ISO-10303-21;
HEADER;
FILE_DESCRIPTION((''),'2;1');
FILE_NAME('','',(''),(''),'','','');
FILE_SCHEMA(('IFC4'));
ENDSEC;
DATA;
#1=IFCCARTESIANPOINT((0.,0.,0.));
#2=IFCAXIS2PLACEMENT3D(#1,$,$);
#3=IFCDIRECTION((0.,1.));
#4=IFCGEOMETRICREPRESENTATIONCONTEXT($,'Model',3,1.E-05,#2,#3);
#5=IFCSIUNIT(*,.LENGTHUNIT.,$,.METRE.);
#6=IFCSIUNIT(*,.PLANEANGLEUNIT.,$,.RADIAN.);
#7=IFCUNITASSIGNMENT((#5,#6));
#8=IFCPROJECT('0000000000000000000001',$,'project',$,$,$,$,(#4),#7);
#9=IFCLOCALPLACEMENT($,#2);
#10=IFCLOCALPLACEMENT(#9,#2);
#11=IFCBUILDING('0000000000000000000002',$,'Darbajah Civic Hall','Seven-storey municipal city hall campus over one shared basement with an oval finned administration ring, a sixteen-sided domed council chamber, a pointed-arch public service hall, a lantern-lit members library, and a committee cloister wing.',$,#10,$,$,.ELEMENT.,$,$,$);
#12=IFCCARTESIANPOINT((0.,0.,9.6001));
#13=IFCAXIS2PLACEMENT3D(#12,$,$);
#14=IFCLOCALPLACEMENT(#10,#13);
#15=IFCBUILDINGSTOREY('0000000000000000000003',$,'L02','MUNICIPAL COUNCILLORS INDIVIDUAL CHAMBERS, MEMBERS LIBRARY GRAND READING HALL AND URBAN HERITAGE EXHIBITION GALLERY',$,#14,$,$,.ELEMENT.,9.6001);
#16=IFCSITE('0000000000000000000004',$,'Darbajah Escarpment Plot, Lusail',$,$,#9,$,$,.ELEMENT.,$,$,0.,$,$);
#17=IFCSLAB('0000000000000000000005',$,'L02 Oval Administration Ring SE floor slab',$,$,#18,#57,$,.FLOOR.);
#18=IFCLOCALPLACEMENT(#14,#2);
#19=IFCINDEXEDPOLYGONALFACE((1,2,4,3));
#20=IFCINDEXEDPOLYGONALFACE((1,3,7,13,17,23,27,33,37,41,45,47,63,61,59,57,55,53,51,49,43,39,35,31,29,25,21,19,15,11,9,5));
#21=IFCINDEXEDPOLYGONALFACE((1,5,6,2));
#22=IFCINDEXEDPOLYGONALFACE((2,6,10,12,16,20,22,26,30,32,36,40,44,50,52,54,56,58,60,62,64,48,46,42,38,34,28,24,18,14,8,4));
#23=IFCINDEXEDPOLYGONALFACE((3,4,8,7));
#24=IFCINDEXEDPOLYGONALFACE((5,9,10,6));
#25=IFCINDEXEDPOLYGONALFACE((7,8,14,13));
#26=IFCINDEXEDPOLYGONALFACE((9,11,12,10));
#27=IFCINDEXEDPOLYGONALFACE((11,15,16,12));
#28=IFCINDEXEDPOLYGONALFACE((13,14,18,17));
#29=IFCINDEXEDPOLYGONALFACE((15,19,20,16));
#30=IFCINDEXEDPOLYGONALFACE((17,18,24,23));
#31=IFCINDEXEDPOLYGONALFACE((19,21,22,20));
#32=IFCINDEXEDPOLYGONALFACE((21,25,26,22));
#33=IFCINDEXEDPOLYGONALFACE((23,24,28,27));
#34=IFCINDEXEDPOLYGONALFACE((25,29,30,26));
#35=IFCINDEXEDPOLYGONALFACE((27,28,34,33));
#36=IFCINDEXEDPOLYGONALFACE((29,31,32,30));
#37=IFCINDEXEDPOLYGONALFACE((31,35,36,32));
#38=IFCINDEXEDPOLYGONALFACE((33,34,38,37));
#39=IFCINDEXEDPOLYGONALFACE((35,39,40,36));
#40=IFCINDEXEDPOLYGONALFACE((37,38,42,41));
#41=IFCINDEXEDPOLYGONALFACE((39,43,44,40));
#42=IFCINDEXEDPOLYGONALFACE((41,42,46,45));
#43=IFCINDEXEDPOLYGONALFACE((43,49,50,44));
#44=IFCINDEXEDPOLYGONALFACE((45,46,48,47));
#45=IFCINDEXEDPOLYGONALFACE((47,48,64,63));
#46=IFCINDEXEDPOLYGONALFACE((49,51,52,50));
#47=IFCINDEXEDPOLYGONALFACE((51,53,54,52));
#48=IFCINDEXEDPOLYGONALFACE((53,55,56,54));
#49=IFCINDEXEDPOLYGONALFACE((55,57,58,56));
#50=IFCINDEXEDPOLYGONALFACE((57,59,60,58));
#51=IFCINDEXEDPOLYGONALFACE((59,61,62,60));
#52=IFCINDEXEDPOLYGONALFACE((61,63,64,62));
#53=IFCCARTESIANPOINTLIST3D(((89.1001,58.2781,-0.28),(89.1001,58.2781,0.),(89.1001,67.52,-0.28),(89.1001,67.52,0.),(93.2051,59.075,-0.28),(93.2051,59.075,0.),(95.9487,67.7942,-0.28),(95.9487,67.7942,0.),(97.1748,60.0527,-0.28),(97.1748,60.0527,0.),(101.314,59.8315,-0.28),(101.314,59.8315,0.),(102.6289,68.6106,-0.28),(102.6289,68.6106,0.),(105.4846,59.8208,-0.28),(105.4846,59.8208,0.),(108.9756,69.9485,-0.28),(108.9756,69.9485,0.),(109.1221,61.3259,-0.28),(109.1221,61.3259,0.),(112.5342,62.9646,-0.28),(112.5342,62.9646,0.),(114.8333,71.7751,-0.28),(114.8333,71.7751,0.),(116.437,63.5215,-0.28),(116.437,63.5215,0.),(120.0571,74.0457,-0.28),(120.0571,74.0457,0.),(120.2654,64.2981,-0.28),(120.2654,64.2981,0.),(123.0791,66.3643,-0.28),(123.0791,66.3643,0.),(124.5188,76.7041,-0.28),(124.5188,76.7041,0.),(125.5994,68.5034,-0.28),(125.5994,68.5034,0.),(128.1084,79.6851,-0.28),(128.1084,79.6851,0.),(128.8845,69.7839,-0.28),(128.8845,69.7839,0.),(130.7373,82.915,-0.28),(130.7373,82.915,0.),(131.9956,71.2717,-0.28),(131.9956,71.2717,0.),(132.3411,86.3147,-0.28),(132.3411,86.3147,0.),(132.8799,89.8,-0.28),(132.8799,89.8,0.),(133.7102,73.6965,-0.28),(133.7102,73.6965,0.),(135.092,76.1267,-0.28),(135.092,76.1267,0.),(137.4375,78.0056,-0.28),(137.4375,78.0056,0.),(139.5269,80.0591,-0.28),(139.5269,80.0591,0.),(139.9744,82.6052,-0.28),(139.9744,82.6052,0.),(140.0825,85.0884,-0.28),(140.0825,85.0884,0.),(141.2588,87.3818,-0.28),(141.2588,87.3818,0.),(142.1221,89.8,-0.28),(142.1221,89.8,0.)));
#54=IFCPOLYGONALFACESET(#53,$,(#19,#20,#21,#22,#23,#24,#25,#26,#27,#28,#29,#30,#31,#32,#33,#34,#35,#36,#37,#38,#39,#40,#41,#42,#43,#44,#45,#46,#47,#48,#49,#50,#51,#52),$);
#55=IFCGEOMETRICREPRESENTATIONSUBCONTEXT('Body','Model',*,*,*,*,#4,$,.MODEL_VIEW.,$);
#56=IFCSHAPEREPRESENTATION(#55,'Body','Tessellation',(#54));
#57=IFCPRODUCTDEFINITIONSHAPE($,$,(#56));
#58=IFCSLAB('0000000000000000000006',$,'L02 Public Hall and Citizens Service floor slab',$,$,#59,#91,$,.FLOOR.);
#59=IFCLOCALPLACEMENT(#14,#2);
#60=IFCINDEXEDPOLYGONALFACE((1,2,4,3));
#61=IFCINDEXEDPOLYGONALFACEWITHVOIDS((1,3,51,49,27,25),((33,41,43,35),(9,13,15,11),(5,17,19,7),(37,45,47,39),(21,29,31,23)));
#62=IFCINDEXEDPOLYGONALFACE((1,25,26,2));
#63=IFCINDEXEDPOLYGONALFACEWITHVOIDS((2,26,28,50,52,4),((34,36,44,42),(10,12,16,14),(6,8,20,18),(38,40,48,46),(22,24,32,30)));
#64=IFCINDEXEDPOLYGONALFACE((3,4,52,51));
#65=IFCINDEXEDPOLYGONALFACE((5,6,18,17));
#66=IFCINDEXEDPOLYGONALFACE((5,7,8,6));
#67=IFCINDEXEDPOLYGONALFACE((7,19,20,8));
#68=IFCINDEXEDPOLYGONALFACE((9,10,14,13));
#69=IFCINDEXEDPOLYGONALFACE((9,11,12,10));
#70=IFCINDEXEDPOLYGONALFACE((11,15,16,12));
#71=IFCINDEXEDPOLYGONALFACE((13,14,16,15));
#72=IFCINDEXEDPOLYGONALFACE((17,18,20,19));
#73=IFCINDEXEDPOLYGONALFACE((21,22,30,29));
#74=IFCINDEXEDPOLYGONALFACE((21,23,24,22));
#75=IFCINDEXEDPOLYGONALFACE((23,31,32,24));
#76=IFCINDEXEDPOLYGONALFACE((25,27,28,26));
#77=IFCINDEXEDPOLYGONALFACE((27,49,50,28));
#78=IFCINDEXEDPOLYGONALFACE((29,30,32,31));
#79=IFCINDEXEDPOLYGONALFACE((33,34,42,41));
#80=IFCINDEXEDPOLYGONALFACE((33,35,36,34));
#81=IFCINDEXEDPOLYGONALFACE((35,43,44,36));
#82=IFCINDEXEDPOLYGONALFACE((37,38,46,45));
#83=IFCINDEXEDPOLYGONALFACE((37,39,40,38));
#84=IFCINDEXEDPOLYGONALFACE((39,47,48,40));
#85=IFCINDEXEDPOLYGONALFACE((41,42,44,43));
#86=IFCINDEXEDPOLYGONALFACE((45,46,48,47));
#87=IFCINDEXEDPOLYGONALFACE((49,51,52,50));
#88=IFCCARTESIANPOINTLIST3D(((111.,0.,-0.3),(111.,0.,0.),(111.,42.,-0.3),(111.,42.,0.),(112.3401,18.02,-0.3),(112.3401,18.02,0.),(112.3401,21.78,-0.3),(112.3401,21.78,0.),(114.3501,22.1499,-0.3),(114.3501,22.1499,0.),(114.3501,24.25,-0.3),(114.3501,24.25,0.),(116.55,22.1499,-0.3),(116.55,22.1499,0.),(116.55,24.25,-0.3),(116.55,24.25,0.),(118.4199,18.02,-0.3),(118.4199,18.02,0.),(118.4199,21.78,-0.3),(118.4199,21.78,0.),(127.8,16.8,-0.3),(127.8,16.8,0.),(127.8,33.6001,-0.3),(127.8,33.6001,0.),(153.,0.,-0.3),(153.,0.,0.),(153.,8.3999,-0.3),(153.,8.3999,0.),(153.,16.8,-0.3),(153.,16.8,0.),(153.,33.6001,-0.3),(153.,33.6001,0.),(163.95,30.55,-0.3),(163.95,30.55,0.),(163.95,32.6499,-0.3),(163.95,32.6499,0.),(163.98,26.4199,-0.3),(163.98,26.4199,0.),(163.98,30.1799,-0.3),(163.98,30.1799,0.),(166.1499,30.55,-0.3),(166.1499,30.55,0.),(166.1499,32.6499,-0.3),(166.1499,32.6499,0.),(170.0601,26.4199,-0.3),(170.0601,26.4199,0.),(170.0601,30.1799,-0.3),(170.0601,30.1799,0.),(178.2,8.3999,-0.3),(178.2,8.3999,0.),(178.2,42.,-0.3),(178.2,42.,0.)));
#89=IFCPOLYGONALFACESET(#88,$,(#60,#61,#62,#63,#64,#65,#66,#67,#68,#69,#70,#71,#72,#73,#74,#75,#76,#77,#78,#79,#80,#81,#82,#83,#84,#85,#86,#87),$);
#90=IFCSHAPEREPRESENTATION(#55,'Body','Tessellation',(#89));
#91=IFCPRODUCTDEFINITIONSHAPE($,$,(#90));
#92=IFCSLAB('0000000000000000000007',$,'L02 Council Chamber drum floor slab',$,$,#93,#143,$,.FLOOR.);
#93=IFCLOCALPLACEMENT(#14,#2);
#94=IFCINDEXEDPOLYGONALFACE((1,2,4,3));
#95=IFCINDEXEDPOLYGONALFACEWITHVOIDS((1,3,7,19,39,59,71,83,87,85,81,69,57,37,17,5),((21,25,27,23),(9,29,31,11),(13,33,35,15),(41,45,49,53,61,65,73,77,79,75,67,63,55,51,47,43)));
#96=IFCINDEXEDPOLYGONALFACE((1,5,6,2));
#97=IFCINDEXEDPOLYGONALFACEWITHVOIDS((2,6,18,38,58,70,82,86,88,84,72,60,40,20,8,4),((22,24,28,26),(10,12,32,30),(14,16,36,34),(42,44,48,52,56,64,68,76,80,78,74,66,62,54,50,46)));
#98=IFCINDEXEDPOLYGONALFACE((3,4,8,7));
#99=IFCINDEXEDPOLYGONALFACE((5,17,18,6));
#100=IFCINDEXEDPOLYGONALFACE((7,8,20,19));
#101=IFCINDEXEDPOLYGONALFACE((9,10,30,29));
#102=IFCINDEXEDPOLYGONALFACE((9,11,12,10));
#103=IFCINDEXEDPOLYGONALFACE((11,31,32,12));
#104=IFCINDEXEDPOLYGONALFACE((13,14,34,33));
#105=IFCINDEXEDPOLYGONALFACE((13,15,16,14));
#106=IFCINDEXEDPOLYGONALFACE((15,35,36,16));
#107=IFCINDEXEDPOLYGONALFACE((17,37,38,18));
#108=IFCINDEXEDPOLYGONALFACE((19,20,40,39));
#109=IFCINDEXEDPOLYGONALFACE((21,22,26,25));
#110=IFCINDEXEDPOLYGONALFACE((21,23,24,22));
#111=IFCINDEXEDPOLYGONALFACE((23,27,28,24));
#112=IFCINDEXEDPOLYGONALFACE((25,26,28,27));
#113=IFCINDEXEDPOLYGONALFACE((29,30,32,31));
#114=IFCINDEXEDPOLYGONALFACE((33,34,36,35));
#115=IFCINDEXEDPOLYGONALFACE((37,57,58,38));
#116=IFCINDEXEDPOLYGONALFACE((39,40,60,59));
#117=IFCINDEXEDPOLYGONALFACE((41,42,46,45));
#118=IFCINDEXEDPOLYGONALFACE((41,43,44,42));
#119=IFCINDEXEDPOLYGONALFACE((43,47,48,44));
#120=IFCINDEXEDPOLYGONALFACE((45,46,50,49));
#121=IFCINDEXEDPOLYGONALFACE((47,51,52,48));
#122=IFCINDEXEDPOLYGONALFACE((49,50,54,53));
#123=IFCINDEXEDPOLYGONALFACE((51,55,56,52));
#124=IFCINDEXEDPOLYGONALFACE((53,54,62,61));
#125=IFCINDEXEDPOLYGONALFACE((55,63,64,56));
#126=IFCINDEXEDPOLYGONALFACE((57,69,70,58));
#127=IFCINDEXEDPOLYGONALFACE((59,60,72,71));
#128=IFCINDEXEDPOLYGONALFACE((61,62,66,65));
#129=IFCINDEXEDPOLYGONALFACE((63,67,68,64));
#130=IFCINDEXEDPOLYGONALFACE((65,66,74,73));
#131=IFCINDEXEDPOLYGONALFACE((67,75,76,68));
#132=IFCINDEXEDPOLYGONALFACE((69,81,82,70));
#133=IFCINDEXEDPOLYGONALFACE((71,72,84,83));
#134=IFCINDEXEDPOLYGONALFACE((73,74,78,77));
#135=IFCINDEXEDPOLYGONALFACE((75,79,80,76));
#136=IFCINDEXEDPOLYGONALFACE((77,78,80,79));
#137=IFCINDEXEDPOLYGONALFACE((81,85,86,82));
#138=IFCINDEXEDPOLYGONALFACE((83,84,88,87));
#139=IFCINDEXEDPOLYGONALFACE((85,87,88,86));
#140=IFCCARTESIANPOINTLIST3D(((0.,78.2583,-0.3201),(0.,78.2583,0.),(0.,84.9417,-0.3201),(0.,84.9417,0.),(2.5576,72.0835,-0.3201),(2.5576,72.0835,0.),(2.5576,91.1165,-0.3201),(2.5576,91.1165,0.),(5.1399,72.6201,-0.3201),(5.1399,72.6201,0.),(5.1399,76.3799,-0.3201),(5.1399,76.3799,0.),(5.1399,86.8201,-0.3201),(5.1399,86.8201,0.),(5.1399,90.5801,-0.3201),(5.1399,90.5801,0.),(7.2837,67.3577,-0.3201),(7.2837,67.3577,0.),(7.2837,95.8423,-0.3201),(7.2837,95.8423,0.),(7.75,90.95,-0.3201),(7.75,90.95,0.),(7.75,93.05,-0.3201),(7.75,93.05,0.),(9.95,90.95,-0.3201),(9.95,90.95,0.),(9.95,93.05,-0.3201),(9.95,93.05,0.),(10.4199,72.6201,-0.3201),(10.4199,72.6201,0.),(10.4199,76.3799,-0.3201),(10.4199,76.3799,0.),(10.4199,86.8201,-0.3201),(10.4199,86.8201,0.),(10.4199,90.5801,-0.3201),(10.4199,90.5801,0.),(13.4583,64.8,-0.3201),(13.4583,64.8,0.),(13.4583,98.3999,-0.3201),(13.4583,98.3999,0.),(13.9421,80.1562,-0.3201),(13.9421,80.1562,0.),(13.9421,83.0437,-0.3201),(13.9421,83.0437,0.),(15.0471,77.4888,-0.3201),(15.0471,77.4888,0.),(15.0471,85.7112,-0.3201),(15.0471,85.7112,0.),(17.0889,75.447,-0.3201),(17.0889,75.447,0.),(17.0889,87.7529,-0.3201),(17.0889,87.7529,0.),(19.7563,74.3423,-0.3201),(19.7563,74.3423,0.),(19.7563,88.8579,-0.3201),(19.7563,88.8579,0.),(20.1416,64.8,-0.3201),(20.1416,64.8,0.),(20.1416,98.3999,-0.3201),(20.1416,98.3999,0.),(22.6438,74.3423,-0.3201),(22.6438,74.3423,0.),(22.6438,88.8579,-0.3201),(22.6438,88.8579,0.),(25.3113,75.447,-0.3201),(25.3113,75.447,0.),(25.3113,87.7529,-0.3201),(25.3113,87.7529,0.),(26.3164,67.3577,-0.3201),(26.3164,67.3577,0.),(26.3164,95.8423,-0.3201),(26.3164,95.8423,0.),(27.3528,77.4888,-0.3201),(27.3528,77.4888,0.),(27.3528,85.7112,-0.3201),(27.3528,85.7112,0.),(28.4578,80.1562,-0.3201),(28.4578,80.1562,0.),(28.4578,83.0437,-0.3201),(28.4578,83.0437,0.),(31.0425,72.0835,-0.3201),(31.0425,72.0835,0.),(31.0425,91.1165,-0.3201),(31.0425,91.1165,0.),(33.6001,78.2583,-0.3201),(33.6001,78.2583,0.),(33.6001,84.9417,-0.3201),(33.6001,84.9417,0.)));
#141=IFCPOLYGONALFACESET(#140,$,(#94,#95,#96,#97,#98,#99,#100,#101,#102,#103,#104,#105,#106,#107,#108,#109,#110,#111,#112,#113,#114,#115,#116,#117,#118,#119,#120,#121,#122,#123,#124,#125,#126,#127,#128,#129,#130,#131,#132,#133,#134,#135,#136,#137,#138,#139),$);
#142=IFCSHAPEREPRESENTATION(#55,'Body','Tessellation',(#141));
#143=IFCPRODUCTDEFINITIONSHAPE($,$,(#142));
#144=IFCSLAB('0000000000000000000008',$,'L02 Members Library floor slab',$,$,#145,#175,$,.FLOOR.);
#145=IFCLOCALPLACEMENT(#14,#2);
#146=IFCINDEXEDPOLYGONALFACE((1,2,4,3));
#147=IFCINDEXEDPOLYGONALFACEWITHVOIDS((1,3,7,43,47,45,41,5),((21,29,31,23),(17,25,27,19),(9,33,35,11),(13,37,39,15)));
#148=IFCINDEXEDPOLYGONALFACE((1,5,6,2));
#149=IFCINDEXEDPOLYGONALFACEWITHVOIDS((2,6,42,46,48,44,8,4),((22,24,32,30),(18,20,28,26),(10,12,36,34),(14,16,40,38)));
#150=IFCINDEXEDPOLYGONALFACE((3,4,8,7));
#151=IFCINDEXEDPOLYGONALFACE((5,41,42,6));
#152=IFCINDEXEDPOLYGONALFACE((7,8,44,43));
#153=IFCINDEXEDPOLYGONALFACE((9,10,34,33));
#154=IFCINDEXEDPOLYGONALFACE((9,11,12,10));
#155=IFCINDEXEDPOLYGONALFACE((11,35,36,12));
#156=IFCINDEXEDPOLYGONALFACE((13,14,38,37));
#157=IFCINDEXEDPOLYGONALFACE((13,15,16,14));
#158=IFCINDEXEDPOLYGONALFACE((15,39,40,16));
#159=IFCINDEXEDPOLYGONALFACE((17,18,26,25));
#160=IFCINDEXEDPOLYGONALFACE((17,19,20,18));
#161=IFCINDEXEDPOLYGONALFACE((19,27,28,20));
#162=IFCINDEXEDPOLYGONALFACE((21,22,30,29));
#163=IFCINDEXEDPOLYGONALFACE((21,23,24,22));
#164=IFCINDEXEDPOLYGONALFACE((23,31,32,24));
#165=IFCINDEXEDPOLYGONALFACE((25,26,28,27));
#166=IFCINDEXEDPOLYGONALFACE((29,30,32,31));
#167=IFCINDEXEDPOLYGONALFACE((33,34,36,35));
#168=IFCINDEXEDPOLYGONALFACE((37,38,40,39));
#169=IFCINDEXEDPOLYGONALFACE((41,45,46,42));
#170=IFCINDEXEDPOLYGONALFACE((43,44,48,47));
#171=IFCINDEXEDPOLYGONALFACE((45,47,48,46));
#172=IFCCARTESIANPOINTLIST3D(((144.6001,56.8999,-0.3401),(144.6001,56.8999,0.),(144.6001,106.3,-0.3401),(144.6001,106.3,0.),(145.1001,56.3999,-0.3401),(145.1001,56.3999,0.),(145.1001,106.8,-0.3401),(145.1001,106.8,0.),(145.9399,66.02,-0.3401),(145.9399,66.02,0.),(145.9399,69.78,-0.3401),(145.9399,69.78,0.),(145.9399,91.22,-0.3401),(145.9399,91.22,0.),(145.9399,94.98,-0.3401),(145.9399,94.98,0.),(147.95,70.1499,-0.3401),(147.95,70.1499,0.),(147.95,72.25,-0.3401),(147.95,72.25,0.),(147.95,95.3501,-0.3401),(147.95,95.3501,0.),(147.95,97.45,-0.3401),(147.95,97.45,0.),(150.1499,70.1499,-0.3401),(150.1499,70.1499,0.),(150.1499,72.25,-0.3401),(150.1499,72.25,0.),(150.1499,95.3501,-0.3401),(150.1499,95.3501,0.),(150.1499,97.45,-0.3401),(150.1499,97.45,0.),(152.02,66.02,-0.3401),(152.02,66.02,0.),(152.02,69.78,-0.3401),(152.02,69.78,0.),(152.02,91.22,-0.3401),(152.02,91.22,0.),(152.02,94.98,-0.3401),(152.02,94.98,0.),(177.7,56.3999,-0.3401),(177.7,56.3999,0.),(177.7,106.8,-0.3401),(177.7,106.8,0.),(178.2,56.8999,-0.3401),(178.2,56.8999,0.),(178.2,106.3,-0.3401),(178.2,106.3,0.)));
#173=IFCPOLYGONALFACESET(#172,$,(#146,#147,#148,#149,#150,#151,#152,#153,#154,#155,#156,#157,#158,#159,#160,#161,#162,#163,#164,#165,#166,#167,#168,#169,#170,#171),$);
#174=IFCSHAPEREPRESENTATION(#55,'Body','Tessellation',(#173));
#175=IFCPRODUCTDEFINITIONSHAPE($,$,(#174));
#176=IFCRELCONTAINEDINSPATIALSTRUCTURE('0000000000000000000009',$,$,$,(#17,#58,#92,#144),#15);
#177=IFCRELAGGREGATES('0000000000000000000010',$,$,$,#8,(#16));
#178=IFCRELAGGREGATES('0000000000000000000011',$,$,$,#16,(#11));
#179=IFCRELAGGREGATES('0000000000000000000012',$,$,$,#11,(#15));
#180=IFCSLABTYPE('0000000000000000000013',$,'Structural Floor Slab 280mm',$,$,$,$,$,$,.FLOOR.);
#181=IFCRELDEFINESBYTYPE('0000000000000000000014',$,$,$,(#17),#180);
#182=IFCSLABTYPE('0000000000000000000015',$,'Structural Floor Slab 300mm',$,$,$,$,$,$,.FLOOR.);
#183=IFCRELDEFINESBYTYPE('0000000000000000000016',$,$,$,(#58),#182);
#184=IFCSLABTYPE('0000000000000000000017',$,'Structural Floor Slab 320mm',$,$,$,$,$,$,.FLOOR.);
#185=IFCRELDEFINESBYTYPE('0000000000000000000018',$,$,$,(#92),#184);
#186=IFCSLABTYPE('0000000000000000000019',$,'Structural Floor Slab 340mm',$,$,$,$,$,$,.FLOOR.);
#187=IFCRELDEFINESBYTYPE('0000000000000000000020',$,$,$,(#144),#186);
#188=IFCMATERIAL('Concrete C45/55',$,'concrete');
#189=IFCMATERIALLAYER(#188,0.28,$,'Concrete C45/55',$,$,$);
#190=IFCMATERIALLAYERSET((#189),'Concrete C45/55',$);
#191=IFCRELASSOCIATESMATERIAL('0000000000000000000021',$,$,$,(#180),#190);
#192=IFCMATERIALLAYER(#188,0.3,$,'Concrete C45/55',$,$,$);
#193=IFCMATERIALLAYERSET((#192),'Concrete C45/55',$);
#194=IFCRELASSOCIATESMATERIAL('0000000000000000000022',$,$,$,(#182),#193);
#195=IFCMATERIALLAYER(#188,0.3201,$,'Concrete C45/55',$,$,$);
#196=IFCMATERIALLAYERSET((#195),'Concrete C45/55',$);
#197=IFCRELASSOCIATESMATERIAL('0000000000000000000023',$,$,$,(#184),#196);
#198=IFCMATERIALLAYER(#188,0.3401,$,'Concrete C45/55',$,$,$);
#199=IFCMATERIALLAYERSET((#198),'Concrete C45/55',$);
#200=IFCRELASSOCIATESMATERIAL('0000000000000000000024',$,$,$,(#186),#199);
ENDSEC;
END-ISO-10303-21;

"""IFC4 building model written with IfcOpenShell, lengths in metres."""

from ifc_helpers import new_model, si_unit, direction, frame, origin, place, context, subcontext, project, spatial, polyline, outline, extrude, material, layer, layer_set, type_object, element, save


model = new_model("IFC4")

# Units and contexts
model_context = context("Model", 3, precision=1e-05, world=origin(), true_north=direction((0.0, 1.0)))
body_context = subcontext(model_context, "Body", "Model", "MODEL_VIEW")
ifc_project = project(units=[si_unit("LENGTHUNIT", "METRE"), si_unit("PLANEANGLEUNIT", "RADIAN")], contexts=[model_context])

# Site, building, storey
site_placement = place(None, origin())
site = spatial("IfcSite", under=ifc_project, at=site_placement, Name="Darbajah Escarpment Plot, Lusail", CompositionType="ELEMENT", RefElevation=0.0)
building_placement = place(site_placement, origin())
building = spatial("IfcBuilding", under=site, at=building_placement, Name="Darbajah Civic Hall", Description="Seven-storey municipal city hall campus over one shared basement with an oval finned administration ring, a sixteen-sided domed council chamber, a pointed-arch public service hall, a lantern-lit members library, and a committee cloister wing.", CompositionType="ELEMENT")
storey_placement = place(building_placement, frame((0.0, 0.0, 9.6001)))
storey = spatial("IfcBuildingStorey", under=building, at=storey_placement, Name="L02", Description="MUNICIPAL COUNCILLORS INDIVIDUAL CHAMBERS, MEMBERS LIBRARY GRAND READING HALL AND URBAN HERITAGE EXHIBITION GALLERY", CompositionType="ELEMENT", Elevation=9.6001)

# Shared definitions
ifc_material_1 = material(Name="Concrete C45/55", Category="concrete")

# Slabs
ifc_layer_1 = layer(ifc_material_1, 0.28, Name="Concrete C45/55")
ifc_layer_set_1 = layer_set([ifc_layer_1], Name="Concrete C45/55")
slab_type_1 = type_object("IfcSlabType", Name="Structural Floor Slab 280mm", PredefinedType="FLOOR", material=ifc_layer_set_1)
slab_1_placement = place(storey_placement, frame((0.0, 0.0, -0.28)))
element("IfcSlab", 1, at=slab_1_placement, inside=storey, type_object=slab_type_1, Name="L02 Oval Administration Ring SE floor slab", PredefinedType="FLOOR", context=body_context, shape_type="SweptSolid", body=[
    extrude(outline(polyline([(89.1001, 58.2781), (93.2051, 59.075), (97.1748, 60.0527), (101.314, 59.8315), (105.4846, 59.8208), (109.1221, 61.3259), (112.5342, 62.9646), (116.437, 63.5215), (120.2654, 64.2981), (123.0791, 66.3643), (125.5994, 68.5034), (128.8845, 69.7839), (131.9956, 71.2717), (133.7102, 73.6965), (135.092, 76.1267), (137.4375, 78.0056), (139.5269, 80.0591), (139.9744, 82.6052), (140.0825, 85.0884), (141.2588, 87.3818), (142.1221, 89.8), (132.8799, 89.8), (132.3411, 86.3147), (130.7373, 82.915), (128.1084, 79.6851), (124.5188, 76.7041), (120.0571, 74.0457), (114.8333, 71.7751), (108.9756, 69.9485), (102.6289, 68.6106), (95.9487, 67.7942), (89.1001, 67.52), (89.1001, 58.2781)])), origin(), (0.0, 0.0, 1.0), 0.28),
])
ifc_layer_2 = layer(ifc_material_1, 0.3, Name="Concrete C45/55")
ifc_layer_set_2 = layer_set([ifc_layer_2], Name="Concrete C45/55")
slab_type_2 = type_object("IfcSlabType", Name="Structural Floor Slab 300mm", PredefinedType="FLOOR", material=ifc_layer_set_2)
slab_2_placement = place(storey_placement, frame((0.0, 0.0, -0.3)))
element("IfcSlab", 2, at=slab_2_placement, inside=storey, type_object=slab_type_2, Name="L02 Public Hall and Citizens Service floor slab", PredefinedType="FLOOR", context=body_context, shape_type="SweptSolid", body=[
    extrude(outline(polyline([(111.0, 0.0), (153.0, 0.0), (153.0, 8.3999), (178.2, 8.3999), (178.2, 42.0), (111.0, 42.0), (111.0, 0.0)]), holes=[polyline([(112.3401, 21.78), (118.4199, 21.78), (118.4199, 18.02), (112.3401, 18.02), (112.3401, 21.78)]), polyline([(114.3501, 24.25), (116.55, 24.25), (116.55, 22.1499), (114.3501, 22.1499), (114.3501, 24.25)]), polyline([(163.98, 30.1799), (170.0601, 30.1799), (170.0601, 26.4199), (163.98, 26.4199), (163.98, 30.1799)]), polyline([(163.95, 32.6499), (166.1499, 32.6499), (166.1499, 30.55), (163.95, 30.55), (163.95, 32.6499)]), polyline([(127.8, 33.6001), (153.0, 33.6001), (153.0, 16.8), (127.8, 16.8), (127.8, 33.6001)])]), origin(), (0.0, 0.0, 1.0), 0.3),
])
ifc_layer_3 = layer(ifc_material_1, 0.3201, Name="Concrete C45/55")
ifc_layer_set_3 = layer_set([ifc_layer_3], Name="Concrete C45/55")
slab_type_3 = type_object("IfcSlabType", Name="Structural Floor Slab 320mm", PredefinedType="FLOOR", material=ifc_layer_set_3)
slab_3_placement = place(storey_placement, frame((0.0, 0.0, -0.3201)))
element("IfcSlab", 3, at=slab_3_placement, inside=storey, type_object=slab_type_3, Name="L02 Council Chamber drum floor slab", PredefinedType="FLOOR", context=body_context, shape_type="SweptSolid", body=[
    extrude(outline(polyline([(33.6001, 84.9417), (31.0425, 91.1165), (26.3164, 95.8423), (20.1416, 98.3999), (13.4583, 98.3999), (7.2837, 95.8423), (2.5576, 91.1165), (0.0, 84.9417), (0.0, 78.2583), (2.5576, 72.0835), (7.2837, 67.3577), (13.4583, 64.8), (20.1416, 64.8), (26.3164, 67.3577), (31.0425, 72.0835), (33.6001, 78.2583), (33.6001, 84.9417)]), holes=[polyline([(5.1399, 90.5801), (10.4199, 90.5801), (10.4199, 86.8201), (5.1399, 86.8201), (5.1399, 90.5801)]), polyline([(7.75, 93.05), (9.95, 93.05), (9.95, 90.95), (7.75, 90.95), (7.75, 93.05)]), polyline([(5.1399, 76.3799), (10.4199, 76.3799), (10.4199, 72.6201), (5.1399, 72.6201), (5.1399, 76.3799)]), polyline([(28.4578, 80.1562), (27.3528, 77.4888), (25.3113, 75.447), (22.6438, 74.3423), (19.7563, 74.3423), (17.0889, 75.447), (15.0471, 77.4888), (13.9421, 80.1562), (13.9421, 83.0437), (15.0471, 85.7112), (17.0889, 87.7529), (19.7563, 88.8579), (22.6438, 88.8579), (25.3113, 87.7529), (27.3528, 85.7112), (28.4578, 83.0437), (28.4578, 80.1562)])]), origin(), (0.0, 0.0, 1.0), 0.3201),
])
ifc_layer_4 = layer(ifc_material_1, 0.3401, Name="Concrete C45/55")
ifc_layer_set_4 = layer_set([ifc_layer_4], Name="Concrete C45/55")
slab_type_4 = type_object("IfcSlabType", Name="Structural Floor Slab 340mm", PredefinedType="FLOOR", material=ifc_layer_set_4)
slab_4_placement = place(storey_placement, frame((0.0, 0.0, -0.3401)))
element("IfcSlab", 4, at=slab_4_placement, inside=storey, type_object=slab_type_4, Name="L02 Members Library floor slab", PredefinedType="FLOOR", context=body_context, shape_type="SweptSolid", body=[
    extrude(outline(polyline([(145.1001, 56.3999), (177.7, 56.3999), (178.2, 56.8999), (178.2, 106.3), (177.7, 106.8), (145.1001, 106.8), (144.6001, 106.3), (144.6001, 56.8999), (145.1001, 56.3999)]), holes=[polyline([(145.9399, 94.98), (152.02, 94.98), (152.02, 91.22), (145.9399, 91.22), (145.9399, 94.98)]), polyline([(147.95, 97.45), (150.1499, 97.45), (150.1499, 95.3501), (147.95, 95.3501), (147.95, 97.45)]), polyline([(145.9399, 69.78), (152.02, 69.78), (152.02, 66.02), (145.9399, 66.02), (145.9399, 69.78)]), polyline([(147.95, 72.25), (150.1499, 72.25), (150.1499, 70.1499), (147.95, 70.1499), (147.95, 72.25)])]), origin(), (0.0, 0.0, 1.0), 0.3401),
])

save(model, "model.ifc")
